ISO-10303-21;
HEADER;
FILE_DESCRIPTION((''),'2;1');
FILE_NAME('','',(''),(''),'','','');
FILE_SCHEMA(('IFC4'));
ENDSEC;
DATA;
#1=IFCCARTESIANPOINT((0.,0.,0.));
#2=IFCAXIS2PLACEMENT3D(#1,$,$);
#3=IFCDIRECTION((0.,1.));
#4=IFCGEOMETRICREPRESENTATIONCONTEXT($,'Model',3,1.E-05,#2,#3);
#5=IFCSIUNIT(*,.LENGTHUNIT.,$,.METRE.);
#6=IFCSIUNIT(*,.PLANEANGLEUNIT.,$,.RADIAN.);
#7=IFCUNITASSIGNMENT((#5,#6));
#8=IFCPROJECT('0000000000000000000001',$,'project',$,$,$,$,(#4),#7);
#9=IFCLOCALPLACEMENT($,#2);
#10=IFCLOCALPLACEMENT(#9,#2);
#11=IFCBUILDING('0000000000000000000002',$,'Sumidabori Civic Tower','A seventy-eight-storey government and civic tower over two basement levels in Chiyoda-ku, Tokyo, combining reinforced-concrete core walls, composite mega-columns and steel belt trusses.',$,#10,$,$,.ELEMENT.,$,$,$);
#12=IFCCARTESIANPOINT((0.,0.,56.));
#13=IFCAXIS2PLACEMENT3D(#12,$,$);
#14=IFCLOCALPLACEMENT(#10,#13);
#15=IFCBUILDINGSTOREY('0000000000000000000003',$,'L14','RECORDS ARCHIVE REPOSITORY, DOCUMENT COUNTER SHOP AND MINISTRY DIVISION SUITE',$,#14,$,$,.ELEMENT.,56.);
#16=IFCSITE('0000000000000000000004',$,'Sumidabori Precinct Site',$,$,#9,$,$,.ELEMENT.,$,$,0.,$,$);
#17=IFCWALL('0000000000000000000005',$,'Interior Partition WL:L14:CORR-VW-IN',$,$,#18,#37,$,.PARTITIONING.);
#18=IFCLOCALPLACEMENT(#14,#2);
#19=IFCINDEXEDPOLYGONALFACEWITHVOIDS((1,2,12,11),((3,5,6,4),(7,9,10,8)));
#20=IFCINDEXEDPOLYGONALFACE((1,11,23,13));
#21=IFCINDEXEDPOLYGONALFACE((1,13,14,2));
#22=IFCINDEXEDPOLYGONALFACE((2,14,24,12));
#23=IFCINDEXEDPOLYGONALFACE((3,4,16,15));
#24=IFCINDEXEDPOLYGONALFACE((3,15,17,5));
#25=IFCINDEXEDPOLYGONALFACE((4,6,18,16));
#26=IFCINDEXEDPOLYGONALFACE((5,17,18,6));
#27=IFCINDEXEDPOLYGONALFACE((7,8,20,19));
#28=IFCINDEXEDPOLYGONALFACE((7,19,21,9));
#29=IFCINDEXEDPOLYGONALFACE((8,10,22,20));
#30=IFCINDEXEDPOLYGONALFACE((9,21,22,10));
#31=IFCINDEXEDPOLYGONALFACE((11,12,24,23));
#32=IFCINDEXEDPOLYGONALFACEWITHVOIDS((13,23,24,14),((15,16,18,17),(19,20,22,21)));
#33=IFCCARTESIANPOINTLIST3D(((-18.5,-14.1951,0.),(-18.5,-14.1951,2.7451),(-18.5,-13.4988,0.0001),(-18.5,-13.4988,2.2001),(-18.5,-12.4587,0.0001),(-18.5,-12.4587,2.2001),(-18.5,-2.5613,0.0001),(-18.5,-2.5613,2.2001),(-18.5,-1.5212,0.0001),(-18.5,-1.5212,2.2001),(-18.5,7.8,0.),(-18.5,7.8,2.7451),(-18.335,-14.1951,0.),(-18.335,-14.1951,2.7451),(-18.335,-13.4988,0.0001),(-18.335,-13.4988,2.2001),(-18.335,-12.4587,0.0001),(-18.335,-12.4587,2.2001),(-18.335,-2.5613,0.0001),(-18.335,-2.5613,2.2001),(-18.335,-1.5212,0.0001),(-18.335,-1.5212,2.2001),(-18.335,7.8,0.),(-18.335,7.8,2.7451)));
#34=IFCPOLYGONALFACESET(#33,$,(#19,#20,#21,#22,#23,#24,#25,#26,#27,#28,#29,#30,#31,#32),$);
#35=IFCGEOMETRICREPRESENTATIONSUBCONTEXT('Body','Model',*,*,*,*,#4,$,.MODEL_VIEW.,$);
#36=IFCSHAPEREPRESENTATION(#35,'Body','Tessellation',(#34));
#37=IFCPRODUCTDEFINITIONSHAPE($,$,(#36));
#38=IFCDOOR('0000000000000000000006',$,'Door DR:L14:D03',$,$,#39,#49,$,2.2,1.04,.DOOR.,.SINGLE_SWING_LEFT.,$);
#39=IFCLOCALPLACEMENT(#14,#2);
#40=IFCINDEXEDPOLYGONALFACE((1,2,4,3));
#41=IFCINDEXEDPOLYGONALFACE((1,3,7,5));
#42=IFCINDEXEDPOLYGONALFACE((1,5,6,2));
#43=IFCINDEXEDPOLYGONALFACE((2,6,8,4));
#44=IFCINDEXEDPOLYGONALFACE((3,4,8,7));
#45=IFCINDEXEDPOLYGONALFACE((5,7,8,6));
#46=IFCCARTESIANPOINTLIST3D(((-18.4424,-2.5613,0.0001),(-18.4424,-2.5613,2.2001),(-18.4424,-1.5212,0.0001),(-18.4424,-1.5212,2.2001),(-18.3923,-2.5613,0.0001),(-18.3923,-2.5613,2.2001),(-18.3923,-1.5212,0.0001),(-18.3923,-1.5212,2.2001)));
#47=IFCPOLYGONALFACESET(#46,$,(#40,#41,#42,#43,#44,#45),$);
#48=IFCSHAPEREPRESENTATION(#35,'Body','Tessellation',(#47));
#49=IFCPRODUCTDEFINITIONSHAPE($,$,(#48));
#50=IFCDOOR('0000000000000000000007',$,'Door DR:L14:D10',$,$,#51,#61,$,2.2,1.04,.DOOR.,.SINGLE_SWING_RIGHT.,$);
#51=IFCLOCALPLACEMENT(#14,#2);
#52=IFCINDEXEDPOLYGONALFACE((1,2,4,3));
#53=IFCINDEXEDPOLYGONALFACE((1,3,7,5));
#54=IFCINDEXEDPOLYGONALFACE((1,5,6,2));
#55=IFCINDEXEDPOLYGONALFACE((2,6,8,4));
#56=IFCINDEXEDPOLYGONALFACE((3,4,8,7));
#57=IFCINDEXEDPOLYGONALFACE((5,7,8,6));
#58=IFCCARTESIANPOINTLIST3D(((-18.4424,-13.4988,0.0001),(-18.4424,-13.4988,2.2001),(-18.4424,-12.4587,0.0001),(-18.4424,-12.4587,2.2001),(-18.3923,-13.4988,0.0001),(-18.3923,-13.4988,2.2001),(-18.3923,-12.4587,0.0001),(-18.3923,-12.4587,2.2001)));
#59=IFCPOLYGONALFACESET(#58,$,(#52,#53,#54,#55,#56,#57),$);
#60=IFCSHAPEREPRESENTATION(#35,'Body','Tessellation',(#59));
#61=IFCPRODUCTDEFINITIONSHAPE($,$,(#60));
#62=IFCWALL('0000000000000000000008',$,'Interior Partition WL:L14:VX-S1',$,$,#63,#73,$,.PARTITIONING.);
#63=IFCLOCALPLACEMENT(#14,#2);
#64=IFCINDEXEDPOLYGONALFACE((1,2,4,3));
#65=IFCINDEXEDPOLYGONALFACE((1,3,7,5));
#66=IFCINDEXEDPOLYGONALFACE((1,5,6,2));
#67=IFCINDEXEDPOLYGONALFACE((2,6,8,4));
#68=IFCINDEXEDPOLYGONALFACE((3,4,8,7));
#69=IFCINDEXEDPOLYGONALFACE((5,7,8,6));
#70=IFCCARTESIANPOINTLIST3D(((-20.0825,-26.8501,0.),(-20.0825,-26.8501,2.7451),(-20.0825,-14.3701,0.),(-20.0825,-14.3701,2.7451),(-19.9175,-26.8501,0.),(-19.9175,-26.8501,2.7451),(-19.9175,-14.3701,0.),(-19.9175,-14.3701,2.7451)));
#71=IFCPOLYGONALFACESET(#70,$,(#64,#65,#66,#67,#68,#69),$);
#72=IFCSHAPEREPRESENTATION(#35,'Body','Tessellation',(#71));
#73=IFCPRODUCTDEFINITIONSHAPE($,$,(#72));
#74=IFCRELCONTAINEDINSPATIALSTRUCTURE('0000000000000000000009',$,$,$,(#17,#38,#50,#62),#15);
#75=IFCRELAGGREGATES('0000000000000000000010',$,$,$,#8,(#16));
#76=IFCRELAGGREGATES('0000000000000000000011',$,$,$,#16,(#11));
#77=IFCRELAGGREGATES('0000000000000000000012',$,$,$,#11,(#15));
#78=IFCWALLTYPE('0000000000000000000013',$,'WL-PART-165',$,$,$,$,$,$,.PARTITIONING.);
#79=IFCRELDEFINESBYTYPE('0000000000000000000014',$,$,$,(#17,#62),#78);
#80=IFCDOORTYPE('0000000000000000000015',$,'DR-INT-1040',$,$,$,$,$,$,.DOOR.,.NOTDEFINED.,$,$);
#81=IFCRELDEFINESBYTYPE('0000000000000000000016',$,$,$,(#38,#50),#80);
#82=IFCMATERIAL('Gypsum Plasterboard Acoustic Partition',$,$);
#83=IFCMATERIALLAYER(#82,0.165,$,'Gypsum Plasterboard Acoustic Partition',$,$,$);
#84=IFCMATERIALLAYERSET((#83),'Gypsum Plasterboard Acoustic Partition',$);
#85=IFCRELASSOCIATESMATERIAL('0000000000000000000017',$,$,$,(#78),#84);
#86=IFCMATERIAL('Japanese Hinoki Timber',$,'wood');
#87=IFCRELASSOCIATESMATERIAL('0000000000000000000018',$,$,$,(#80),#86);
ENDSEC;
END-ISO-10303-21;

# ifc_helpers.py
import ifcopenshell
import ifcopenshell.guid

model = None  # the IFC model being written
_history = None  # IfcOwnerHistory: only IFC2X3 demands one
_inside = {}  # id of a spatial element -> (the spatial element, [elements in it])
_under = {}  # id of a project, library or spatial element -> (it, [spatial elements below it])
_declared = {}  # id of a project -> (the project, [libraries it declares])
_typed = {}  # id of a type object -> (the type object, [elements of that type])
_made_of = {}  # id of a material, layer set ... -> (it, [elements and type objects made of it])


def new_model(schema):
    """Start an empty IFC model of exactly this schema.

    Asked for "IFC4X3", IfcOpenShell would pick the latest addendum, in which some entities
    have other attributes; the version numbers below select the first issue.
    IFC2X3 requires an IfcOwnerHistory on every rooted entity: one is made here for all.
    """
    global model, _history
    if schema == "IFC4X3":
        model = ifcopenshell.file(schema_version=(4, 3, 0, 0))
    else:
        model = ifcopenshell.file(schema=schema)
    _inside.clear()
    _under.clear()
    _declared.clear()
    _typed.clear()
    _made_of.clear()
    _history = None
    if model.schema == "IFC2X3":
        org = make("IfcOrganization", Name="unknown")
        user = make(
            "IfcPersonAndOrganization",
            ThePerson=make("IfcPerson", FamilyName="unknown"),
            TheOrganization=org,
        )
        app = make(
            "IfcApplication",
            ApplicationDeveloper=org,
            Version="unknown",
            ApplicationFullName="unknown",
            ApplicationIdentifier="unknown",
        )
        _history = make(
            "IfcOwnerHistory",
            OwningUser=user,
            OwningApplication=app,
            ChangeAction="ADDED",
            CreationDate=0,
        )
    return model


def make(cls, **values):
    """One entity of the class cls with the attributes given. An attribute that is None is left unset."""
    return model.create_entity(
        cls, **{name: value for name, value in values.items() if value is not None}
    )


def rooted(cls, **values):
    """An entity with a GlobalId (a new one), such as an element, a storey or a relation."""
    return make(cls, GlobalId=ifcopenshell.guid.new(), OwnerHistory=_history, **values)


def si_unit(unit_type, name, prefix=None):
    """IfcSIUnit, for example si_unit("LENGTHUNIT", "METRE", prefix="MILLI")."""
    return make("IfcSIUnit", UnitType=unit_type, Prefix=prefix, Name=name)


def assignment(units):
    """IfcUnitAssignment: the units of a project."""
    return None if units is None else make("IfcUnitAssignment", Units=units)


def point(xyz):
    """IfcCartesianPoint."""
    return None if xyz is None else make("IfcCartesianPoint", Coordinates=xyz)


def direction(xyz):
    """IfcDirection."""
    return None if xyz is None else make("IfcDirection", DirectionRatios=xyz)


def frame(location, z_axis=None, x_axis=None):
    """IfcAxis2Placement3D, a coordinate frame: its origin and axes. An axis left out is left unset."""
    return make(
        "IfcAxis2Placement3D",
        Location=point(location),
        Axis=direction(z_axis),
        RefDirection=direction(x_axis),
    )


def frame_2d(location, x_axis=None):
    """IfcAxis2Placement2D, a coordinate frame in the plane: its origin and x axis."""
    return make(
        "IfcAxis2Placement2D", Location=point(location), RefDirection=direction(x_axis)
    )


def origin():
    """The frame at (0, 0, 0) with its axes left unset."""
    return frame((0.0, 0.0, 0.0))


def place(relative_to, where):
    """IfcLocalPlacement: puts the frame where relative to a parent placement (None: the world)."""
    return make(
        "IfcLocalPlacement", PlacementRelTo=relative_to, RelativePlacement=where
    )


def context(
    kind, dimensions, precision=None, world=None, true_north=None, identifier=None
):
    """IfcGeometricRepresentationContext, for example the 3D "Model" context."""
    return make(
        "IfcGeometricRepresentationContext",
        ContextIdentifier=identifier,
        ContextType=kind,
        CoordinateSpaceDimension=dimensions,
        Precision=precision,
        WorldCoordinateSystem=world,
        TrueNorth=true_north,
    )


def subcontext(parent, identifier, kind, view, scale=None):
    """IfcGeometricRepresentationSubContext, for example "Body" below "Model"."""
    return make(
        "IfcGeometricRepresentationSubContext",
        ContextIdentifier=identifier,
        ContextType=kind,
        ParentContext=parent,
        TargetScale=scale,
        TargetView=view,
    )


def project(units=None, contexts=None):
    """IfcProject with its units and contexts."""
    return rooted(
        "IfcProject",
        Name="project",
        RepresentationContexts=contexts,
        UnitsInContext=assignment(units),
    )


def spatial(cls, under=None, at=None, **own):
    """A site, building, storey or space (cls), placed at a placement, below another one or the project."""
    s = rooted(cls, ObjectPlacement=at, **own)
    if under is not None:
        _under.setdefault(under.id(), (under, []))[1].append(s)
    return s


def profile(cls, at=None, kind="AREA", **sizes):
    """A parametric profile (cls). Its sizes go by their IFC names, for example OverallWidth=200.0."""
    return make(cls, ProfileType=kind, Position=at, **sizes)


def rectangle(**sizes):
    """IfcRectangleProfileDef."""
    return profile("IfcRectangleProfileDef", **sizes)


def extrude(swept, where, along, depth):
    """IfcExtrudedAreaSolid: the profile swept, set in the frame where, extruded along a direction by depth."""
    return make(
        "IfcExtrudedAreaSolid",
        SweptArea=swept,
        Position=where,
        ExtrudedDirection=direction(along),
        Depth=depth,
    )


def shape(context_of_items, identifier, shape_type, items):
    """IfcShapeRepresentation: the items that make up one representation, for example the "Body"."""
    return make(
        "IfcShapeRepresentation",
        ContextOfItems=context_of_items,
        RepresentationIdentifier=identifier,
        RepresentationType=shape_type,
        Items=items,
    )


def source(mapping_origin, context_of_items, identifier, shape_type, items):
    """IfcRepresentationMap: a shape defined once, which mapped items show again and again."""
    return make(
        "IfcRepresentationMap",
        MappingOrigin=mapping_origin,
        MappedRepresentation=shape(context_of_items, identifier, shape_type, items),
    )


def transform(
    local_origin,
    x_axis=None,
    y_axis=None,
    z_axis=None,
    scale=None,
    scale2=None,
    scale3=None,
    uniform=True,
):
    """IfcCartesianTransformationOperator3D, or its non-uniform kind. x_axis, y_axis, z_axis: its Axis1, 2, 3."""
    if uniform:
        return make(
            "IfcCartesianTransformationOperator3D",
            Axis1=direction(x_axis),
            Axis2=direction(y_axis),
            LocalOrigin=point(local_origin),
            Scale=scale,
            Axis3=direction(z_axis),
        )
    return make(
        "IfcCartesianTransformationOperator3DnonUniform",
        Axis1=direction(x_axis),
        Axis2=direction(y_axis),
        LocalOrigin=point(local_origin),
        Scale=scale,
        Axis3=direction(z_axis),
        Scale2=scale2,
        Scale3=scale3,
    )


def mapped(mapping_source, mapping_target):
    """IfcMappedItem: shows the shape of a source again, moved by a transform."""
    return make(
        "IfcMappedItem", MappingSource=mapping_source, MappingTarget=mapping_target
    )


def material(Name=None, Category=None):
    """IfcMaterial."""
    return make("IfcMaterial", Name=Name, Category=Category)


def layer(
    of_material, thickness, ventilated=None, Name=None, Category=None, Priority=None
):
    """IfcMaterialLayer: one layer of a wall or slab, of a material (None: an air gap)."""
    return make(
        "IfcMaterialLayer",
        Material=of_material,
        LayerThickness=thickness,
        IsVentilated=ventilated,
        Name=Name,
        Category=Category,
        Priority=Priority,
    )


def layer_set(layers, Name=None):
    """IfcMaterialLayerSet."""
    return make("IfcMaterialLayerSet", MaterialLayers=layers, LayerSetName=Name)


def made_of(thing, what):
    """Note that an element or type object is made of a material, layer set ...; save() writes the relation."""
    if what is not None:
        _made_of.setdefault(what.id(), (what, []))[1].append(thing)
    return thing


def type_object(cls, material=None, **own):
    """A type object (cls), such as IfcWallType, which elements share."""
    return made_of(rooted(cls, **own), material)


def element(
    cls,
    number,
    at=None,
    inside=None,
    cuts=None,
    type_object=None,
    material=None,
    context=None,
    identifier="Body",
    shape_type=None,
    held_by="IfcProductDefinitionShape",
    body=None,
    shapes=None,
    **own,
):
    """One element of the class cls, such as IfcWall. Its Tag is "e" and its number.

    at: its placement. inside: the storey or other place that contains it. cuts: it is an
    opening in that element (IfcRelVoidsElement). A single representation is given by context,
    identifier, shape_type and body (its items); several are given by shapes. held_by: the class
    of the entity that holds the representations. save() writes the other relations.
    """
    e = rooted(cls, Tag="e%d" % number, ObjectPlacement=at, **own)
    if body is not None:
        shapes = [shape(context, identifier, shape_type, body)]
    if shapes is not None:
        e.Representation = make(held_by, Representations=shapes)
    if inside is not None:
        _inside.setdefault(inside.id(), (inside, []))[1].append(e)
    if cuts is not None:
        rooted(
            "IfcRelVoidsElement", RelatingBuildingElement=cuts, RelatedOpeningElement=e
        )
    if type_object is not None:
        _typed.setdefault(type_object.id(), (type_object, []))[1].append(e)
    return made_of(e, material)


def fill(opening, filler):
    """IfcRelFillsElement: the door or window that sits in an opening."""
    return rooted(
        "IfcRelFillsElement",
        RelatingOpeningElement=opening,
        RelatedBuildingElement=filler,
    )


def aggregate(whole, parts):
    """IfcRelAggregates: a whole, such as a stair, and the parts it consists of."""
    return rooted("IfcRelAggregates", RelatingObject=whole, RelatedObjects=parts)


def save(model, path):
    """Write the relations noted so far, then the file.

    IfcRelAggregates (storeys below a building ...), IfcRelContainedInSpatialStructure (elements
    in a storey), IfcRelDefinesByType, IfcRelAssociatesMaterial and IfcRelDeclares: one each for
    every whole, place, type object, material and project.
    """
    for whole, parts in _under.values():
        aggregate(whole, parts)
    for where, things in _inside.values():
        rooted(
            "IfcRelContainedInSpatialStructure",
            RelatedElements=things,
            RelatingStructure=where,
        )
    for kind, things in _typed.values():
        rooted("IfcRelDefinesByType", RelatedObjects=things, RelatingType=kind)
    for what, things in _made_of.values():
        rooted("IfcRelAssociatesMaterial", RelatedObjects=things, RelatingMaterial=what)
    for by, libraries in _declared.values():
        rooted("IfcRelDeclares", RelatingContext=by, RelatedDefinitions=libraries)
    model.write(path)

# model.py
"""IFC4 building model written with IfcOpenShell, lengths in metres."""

from ifc_helpers import new_model, si_unit, direction, frame, frame_2d, origin, place, context, subcontext, project, spatial, rectangle, extrude, source, transform, mapped, material, layer, layer_set, type_object, element, fill, save


model = new_model("IFC4")

# Units and contexts
model_context = context("Model", 3, precision=1e-05, world=origin(), true_north=direction((0.0, 1.0)))
body_context = subcontext(model_context, "Body", "Model", "MODEL_VIEW")
ifc_project = project(units=[si_unit("LENGTHUNIT", "METRE"), si_unit("PLANEANGLEUNIT", "RADIAN")], contexts=[model_context])

# Site, building, storey
site_placement = place(None, origin())
site = spatial("IfcSite", under=ifc_project, at=site_placement, Name="Sumidabori Precinct Site", CompositionType="ELEMENT", RefElevation=0.0)
building_placement = place(site_placement, origin())
building = spatial("IfcBuilding", under=site, at=building_placement, Name="Sumidabori Civic Tower", Description="A seventy-eight-storey government and civic tower over two basement levels in Chiyoda-ku, Tokyo, combining reinforced-concrete core walls, composite mega-columns and steel belt trusses.", CompositionType="ELEMENT")
storey_placement = place(building_placement, frame((0.0, 0.0, 56.0)))
storey = spatial("IfcBuildingStorey", under=building, at=storey_placement, Name="L14", Description="RECORDS ARCHIVE REPOSITORY, DOCUMENT COUNTER SHOP AND MINISTRY DIVISION SUITE", CompositionType="ELEMENT", Elevation=56.0)

# Shared definitions
ifc_material_1 = material(Name="Gypsum Plasterboard Acoustic Partition")
ifc_layer_1 = layer(ifc_material_1, 0.165, Name="Gypsum Plasterboard Acoustic Partition")
ifc_layer_set_1 = layer_set([ifc_layer_1], Name="Gypsum Plasterboard Acoustic Partition")
wall_type_1 = type_object("IfcWallType", Name="WL-PART-165", PredefinedType="PARTITIONING", material=ifc_layer_set_1)

# Wall, openings, doors
ifc_material_2 = material(Name="Japanese Hinoki Timber", Category="wood")
door_type = type_object("IfcDoorType", Name="DR-INT-1040", OperationType="NOTDEFINED", PredefinedType="DOOR", material=ifc_material_2)
shared_shape_1 = source(origin(), body_context, "Body", "SweptSolid", [
    extrude(rectangle(XDim=1.04, YDim=2.2, at=frame_2d((0.52, 1.1001))), frame((0.0, 0.0249, 0.0), z_axis=(0.0, -1.0, 0.0), x_axis=(1.0, 0.0, 0.0)), (0.0, 0.0, 1.0), 0.05),
])
shared_shape_2 = source(origin(), body_context, "Body", "SweptSolid", [
    extrude(rectangle(XDim=21.9951, YDim=0.165, at=frame_2d((10.9976, 0.0))), origin(), (0.0, 0.0, 1.0), 2.7451),
])
wall_1_placement = place(storey_placement, frame((-18.4175, -14.1951, 0.0), z_axis=(0.0, 0.0, 1.0), x_axis=(0.0, 1.0, 0.0)))
wall_1 = element("IfcWall", 1, at=wall_1_placement, inside=storey, type_object=wall_type_1, Name="Interior Partition WL:L14:CORR-VW-IN", PredefinedType="PARTITIONING", context=body_context, shape_type="MappedRepresentation", body=[
    mapped(shared_shape_2, transform((0.0, 0.0, 0.0), x_axis=(1.0, 0.0, 0.0), y_axis=(0.0, 1.0, 0.0), z_axis=(0.0, 0.0, 1.0), scale=1.0)),
])
opening_1_placement = place(wall_1_placement, frame((11.6338, 0.0, 0.0)))
opening_1 = element("IfcOpeningElement", 2, at=opening_1_placement, cuts=wall_1, PredefinedType="OPENING", context=body_context, shape_type="SweptSolid", body=[
    extrude(rectangle(XDim=1.04, YDim=2.2, at=frame_2d((0.52, 1.1001))), frame((0.0, 0.0945, 0.0), z_axis=(0.0, -1.0, 0.0), x_axis=(1.0, 0.0, 0.0)), (0.0, 0.0, 1.0), 0.189),
])
opening_2_placement = place(wall_1_placement, frame((0.6963, 0.0, 0.0)))
opening_2 = element("IfcOpeningElement", 3, at=opening_2_placement, cuts=wall_1, PredefinedType="OPENING", context=body_context, shape_type="SweptSolid", body=[
    extrude(rectangle(XDim=1.04, YDim=2.2, at=frame_2d((0.52, 1.1001))), frame((0.0, 0.0945, 0.0), z_axis=(0.0, -1.0, 0.0), x_axis=(1.0, 0.0, 0.0)), (0.0, 0.0, 1.0), 0.189),
])
door_1_placement = place(opening_1_placement, origin())
door_1 = element("IfcDoor", 4, at=door_1_placement, inside=storey, type_object=door_type, Name="Door DR:L14:D03", OperationType="SINGLE_SWING_LEFT", OverallHeight=2.2, OverallWidth=1.04, PredefinedType="DOOR", context=body_context, shape_type="MappedRepresentation", body=[
    mapped(shared_shape_1, transform((0.0, 0.0, 0.0), x_axis=(1.0, 0.0, 0.0), y_axis=(0.0, 1.0, 0.0), z_axis=(0.0, 0.0, 1.0), scale=1.0)),
])
fill(opening_1, door_1)
door_2_placement = place(opening_2_placement, origin())
door_2 = element("IfcDoor", 5, at=door_2_placement, inside=storey, type_object=door_type, Name="Door DR:L14:D10", OperationType="SINGLE_SWING_RIGHT", OverallHeight=2.2, OverallWidth=1.04, PredefinedType="DOOR", context=body_context, shape_type="MappedRepresentation", body=[
    mapped(shared_shape_1, transform((0.0, 0.0, 0.0), x_axis=(1.0, 0.0, 0.0), y_axis=(0.0, 1.0, 0.0), z_axis=(0.0, 0.0, 1.0), scale=1.0)),
])
fill(opening_2, door_2)

# Wall
shared_shape_3 = source(origin(), body_context, "Body", "SweptSolid", [
    extrude(rectangle(XDim=12.48, YDim=0.165, at=frame_2d((6.24, 0.0))), origin(), (0.0, 0.0, 1.0), 2.7451),
])
wall_2_placement = place(storey_placement, frame((-20.0, -26.8501, 0.0), z_axis=(0.0, 0.0, 1.0), x_axis=(0.0, 1.0, 0.0)))
element("IfcWall", 6, at=wall_2_placement, inside=storey, type_object=wall_type_1, Name="Interior Partition WL:L14:VX-S1", PredefinedType="PARTITIONING", context=body_context, shape_type="MappedRepresentation", body=[
    mapped(shared_shape_3, transform((0.0, 0.0, 0.0), x_axis=(1.0, 0.0, 0.0), y_axis=(0.0, 1.0, 0.0), z_axis=(0.0, 0.0, 1.0), scale=1.0)),
])

save(model, "model.ifc")
